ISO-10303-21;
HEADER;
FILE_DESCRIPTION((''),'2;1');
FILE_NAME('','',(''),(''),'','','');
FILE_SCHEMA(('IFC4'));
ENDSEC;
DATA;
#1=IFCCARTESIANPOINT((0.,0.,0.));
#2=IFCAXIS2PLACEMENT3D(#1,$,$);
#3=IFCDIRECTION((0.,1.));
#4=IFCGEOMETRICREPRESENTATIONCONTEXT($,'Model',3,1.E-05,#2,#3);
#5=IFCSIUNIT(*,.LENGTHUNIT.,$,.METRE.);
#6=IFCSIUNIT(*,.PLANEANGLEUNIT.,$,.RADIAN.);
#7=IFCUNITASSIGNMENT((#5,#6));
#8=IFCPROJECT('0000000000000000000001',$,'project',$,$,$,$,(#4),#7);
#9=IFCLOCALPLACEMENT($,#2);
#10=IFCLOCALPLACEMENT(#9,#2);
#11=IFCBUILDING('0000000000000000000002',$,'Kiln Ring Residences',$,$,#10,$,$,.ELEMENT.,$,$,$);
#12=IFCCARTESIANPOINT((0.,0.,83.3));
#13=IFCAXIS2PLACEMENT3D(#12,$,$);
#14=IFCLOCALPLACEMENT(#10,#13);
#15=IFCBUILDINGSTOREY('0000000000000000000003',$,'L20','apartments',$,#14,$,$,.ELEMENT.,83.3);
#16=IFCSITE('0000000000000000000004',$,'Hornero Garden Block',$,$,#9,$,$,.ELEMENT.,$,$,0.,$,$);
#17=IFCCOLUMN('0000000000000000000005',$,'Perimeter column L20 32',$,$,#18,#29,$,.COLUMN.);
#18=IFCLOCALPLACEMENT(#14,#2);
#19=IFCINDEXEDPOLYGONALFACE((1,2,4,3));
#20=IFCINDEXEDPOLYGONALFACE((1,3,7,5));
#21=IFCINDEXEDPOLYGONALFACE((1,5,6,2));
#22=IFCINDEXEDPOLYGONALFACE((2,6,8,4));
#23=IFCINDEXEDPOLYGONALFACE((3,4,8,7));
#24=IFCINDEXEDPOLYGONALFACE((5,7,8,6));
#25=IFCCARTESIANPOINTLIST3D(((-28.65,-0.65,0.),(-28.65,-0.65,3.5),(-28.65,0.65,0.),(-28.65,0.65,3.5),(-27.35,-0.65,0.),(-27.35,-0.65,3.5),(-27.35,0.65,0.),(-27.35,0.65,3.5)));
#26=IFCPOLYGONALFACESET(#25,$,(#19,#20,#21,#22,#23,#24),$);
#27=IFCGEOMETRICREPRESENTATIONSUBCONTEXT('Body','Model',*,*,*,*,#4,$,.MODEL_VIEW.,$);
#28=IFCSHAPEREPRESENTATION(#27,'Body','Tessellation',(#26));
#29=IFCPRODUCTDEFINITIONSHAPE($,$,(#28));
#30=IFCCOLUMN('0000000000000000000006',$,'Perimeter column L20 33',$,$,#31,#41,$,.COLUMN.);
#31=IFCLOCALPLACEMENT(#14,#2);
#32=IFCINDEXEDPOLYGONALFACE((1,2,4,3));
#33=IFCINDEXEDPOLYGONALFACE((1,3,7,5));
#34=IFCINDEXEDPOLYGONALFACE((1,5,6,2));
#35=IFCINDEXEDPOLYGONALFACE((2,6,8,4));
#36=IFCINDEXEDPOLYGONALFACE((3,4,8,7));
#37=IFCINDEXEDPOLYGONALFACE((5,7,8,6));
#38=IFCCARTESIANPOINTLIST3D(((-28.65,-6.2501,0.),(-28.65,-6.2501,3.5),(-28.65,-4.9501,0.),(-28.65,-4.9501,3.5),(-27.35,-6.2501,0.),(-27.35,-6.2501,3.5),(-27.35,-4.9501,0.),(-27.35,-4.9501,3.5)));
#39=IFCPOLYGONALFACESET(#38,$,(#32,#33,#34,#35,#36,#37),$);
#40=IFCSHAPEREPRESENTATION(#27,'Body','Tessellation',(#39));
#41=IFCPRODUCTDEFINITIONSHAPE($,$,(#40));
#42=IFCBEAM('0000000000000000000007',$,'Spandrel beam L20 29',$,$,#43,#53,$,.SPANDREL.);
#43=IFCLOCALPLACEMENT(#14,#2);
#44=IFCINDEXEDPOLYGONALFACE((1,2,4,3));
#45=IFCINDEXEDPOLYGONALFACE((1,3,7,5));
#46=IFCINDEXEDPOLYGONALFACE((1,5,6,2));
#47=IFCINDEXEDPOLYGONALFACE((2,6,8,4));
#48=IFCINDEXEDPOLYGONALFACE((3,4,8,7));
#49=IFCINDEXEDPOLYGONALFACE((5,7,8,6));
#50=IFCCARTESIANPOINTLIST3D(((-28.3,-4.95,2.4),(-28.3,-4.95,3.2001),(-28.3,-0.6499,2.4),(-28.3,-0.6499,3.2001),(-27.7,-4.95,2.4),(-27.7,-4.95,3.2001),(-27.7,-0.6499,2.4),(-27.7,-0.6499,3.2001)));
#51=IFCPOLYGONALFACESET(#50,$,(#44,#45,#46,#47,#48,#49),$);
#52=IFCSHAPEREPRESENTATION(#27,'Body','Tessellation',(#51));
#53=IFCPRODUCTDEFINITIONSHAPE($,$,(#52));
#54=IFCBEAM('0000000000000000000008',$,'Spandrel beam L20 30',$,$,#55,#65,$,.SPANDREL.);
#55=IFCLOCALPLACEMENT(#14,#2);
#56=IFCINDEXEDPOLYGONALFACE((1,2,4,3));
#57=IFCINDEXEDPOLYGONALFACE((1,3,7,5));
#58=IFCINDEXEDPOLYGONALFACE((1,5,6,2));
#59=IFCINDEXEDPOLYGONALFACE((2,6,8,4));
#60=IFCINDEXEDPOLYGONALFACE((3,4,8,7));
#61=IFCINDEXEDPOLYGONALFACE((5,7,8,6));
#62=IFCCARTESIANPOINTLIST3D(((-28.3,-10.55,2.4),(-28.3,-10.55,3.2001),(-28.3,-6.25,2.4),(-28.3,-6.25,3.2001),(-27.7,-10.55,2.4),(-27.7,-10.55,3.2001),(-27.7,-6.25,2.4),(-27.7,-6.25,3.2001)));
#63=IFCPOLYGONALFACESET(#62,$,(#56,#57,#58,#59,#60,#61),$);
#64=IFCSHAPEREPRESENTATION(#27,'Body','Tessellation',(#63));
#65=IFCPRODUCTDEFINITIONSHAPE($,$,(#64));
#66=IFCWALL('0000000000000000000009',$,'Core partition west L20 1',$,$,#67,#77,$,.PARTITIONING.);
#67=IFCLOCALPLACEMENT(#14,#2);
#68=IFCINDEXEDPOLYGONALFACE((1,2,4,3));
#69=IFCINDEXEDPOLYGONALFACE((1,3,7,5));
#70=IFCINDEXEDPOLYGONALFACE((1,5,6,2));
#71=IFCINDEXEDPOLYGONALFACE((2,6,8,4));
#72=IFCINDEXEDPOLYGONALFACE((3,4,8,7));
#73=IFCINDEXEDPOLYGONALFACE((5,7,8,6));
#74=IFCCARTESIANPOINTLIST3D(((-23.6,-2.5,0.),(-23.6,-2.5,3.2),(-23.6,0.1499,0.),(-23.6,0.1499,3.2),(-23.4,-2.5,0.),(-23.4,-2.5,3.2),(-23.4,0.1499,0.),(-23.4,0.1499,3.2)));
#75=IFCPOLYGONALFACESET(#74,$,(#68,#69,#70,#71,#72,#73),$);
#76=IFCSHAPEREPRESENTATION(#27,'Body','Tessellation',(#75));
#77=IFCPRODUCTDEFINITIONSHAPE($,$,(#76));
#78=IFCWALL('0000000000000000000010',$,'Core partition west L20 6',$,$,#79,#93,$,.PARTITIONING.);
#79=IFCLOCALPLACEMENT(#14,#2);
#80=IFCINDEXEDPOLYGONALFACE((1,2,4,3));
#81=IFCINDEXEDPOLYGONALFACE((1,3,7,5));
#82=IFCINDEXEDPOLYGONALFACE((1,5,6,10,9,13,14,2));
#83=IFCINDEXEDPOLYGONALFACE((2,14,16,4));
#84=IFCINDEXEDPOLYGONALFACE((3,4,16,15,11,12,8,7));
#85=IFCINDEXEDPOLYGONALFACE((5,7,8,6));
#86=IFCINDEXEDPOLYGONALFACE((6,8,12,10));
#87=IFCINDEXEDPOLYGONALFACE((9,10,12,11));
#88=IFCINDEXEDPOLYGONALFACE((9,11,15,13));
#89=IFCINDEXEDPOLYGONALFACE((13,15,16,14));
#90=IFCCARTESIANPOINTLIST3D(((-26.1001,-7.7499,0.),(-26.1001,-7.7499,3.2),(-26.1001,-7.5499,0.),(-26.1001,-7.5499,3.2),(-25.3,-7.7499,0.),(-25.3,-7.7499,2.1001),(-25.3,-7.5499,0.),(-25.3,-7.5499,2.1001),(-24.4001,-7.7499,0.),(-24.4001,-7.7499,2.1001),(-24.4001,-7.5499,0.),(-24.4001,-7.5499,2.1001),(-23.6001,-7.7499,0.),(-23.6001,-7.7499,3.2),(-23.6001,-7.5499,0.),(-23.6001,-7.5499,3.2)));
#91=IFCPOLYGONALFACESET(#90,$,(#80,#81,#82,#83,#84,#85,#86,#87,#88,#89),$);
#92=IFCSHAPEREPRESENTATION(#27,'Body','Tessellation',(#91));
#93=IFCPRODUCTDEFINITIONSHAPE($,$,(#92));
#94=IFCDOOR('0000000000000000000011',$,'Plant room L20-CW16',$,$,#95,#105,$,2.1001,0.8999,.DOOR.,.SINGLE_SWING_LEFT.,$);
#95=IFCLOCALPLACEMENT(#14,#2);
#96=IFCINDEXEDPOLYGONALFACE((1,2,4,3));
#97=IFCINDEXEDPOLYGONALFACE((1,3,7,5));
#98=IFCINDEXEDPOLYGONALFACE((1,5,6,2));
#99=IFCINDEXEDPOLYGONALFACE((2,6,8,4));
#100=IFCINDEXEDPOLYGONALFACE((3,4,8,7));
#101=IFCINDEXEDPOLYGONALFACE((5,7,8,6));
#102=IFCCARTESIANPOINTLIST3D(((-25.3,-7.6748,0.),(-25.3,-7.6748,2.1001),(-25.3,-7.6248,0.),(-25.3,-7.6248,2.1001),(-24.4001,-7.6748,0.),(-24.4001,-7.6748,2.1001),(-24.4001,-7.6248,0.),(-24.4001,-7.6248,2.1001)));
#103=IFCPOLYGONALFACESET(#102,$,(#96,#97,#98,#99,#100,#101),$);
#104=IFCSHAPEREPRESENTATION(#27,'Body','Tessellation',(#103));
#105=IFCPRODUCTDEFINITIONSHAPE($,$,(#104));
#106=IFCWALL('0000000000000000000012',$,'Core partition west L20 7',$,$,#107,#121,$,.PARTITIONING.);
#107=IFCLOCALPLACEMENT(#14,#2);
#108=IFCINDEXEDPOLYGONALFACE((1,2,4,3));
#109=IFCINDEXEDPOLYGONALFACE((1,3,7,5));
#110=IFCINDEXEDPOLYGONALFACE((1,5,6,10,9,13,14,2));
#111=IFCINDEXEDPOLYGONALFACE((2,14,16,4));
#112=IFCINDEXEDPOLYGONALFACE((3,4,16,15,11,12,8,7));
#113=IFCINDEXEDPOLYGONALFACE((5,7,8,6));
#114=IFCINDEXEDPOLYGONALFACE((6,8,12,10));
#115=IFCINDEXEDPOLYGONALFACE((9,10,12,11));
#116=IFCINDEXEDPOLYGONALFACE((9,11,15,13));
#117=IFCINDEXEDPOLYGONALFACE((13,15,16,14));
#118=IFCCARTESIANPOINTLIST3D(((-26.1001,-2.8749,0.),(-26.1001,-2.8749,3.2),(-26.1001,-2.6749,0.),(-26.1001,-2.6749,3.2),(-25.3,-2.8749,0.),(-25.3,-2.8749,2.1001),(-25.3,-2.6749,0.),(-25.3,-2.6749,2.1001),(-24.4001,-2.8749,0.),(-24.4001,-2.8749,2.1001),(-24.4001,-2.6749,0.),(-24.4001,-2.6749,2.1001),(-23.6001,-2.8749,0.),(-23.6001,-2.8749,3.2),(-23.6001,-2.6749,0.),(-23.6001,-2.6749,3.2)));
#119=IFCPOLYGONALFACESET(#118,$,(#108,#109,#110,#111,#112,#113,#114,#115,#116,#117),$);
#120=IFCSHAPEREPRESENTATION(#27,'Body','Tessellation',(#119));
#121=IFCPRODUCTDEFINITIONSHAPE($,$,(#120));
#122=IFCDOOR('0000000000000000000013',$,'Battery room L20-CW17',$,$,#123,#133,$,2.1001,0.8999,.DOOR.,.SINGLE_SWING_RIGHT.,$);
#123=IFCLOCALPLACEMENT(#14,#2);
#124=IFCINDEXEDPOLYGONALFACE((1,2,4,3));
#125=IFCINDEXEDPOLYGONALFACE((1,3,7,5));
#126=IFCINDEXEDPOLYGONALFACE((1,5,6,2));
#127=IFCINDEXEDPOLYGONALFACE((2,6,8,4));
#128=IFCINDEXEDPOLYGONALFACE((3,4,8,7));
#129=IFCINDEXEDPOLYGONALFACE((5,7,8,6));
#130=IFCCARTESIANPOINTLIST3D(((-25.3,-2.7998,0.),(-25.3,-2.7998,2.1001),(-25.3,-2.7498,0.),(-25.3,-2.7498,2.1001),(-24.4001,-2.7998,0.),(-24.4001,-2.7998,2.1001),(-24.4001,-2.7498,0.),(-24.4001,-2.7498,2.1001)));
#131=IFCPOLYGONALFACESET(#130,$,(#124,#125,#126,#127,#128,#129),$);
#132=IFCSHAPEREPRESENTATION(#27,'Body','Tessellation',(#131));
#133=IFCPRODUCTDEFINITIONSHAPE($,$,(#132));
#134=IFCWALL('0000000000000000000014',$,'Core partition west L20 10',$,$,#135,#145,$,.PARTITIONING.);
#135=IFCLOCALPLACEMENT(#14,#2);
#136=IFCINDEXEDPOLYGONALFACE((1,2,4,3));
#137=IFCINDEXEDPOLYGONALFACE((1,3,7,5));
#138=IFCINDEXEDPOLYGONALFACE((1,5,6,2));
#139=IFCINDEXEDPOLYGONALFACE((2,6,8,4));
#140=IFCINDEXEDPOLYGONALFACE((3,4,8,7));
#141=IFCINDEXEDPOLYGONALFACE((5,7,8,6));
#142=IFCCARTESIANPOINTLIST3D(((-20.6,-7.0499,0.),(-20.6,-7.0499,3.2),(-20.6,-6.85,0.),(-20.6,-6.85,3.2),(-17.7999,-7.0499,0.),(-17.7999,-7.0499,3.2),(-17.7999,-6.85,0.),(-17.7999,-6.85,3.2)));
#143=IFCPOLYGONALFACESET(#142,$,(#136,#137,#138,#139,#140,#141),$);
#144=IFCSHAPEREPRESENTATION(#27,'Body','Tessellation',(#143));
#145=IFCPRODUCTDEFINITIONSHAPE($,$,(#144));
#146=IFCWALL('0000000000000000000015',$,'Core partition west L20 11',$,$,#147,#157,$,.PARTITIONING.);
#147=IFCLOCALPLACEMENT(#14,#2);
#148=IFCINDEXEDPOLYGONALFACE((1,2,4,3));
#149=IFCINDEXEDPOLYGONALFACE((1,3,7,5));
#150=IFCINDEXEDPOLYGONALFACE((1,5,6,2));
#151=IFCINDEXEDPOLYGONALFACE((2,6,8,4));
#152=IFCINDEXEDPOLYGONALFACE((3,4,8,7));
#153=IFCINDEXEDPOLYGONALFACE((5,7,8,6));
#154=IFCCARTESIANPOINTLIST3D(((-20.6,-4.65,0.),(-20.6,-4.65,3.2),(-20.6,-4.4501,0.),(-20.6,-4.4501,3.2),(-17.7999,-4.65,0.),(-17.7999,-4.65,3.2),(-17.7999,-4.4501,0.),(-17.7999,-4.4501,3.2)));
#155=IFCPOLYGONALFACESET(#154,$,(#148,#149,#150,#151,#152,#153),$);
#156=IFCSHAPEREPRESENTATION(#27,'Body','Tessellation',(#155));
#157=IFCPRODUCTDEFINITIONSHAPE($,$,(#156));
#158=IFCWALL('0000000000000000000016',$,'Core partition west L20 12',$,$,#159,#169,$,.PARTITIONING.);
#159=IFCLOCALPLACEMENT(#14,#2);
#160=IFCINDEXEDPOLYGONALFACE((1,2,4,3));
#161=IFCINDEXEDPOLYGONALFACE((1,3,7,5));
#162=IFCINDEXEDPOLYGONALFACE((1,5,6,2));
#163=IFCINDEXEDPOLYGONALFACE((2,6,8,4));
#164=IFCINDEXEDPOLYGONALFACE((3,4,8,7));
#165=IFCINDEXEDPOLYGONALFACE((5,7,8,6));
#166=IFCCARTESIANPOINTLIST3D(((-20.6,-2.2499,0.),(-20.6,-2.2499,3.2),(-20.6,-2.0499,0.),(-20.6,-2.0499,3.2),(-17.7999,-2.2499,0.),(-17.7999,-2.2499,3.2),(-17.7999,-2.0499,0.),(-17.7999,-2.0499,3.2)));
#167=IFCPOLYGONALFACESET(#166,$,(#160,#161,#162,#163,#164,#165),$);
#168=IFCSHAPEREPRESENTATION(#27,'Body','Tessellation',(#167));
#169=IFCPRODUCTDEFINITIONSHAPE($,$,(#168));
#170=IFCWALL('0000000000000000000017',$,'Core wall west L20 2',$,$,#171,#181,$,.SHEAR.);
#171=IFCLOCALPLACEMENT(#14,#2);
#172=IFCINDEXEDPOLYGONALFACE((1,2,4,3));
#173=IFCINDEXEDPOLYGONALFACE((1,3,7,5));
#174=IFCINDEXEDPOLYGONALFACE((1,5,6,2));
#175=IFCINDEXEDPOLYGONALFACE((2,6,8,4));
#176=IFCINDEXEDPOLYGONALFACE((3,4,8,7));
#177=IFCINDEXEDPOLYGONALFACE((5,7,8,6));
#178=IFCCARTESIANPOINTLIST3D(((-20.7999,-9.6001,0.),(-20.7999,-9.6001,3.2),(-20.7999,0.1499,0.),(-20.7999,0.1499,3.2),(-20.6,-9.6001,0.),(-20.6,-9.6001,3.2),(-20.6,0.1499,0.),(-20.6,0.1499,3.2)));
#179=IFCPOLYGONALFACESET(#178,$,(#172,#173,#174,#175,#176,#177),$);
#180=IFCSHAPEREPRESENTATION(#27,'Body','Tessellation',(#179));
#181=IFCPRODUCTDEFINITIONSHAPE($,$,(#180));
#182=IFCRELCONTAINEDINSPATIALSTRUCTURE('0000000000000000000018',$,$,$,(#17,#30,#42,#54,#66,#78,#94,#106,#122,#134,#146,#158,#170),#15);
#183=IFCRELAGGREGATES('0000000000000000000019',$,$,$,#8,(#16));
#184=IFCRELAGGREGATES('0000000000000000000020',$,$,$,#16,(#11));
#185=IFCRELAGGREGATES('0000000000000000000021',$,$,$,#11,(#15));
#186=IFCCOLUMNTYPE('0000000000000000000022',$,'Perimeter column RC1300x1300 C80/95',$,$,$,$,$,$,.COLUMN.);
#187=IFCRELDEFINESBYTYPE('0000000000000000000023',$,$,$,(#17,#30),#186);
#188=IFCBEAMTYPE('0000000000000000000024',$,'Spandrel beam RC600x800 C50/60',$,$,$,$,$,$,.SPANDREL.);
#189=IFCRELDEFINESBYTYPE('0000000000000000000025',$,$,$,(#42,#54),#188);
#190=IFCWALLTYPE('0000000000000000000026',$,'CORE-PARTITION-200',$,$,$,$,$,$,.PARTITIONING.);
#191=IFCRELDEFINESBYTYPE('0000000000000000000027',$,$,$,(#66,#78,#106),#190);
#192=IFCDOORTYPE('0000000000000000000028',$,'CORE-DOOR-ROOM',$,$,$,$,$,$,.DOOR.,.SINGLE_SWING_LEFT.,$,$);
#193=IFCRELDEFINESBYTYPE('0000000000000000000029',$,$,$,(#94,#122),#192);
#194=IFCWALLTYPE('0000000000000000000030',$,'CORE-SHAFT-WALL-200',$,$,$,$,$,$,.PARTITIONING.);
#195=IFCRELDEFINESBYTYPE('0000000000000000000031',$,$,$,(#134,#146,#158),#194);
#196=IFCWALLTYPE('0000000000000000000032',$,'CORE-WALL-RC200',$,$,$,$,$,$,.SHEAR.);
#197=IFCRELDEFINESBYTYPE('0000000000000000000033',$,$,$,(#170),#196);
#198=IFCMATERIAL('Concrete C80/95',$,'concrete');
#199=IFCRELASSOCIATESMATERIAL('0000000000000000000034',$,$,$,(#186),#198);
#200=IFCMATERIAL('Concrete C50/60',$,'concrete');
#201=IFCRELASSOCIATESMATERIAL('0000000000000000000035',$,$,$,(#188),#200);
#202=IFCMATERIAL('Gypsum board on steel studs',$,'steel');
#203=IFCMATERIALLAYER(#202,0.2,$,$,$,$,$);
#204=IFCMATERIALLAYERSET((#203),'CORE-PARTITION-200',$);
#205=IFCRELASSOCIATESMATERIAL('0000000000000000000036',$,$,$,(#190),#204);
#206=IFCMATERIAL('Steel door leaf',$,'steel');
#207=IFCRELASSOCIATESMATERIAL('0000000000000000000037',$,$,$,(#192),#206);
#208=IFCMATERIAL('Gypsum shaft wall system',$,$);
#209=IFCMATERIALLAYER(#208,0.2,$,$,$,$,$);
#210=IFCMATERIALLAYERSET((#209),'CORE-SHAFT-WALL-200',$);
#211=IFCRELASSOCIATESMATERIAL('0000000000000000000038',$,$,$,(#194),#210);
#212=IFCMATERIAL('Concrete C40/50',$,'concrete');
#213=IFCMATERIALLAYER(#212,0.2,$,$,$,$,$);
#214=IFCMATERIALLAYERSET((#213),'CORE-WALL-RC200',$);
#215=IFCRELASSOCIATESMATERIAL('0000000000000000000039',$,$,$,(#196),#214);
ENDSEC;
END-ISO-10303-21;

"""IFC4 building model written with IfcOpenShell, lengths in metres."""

from ifc_helpers import new_model, si_unit, direction, frame, frame_2d, origin, origin_2d, place, context, subcontext, project, spatial, rectangle, extrude, material, layer, layer_set, material_profile, profile_set, type_object, element, fill, save


model = new_model("IFC4")

# Units and contexts
model_context = context("Model", 3, precision=1e-05, world=origin(), true_north=direction((0.0, 1.0)))
body_context = subcontext(model_context, "Body", "Model", "MODEL_VIEW")
ifc_project = project(units=[si_unit("LENGTHUNIT", "METRE"), si_unit("PLANEANGLEUNIT", "RADIAN")], contexts=[model_context])

# Site, building, storey
site_placement = place(None, origin())
site = spatial("IfcSite", under=ifc_project, at=site_placement, Name="Hornero Garden Block", CompositionType="ELEMENT", RefElevation=0.0)
building_placement = place(site_placement, origin())
building = spatial("IfcBuilding", under=site, at=building_placement, Name="Kiln Ring Residences", CompositionType="ELEMENT")
storey_placement = place(building_placement, frame((0.0, 0.0, 83.3)))
storey = spatial("IfcBuildingStorey", under=building, at=storey_placement, Name="L20", Description="apartments", CompositionType="ELEMENT", Elevation=83.3)

# Columns
ifc_material_1 = material(Name="Concrete C80/95", Category="concrete")
ifc_material_profile_1 = material_profile(ifc_material_1, rectangle(XDim=1.3, YDim=1.3, at=origin_2d()), Name="RC1300x1300")
ifc_profile_set_1 = profile_set([ifc_material_profile_1], Name="Concrete C80/95")
column_type = type_object("IfcColumnType", Name="Perimeter column RC1300x1300 C80/95", PredefinedType="COLUMN", material=ifc_profile_set_1)
for number, where, z_axis, x_axis, name in (
    (1, (-28.0, 0.0, 0.0), (0.0, 0.0, 1.0), (1.0, 0.0, 0.0), "Perimeter column L20 32"),
    (2, (-28.0, -5.6001, 0.0), (0.0, 0.0, 1.0), (1.0, 0.0, 0.0), "Perimeter column L20 33"),
):
    element("IfcColumn", number, at=place(storey_placement, frame(where, z_axis=z_axis, x_axis=x_axis)), inside=storey, type_object=column_type, Name=name, PredefinedType="COLUMN", context=body_context, shape_type="SweptSolid", body=[
        extrude(rectangle(XDim=1.3, YDim=1.3, at=origin_2d()), origin(), (0.0, 0.0, 1.0), 3.5),
    ])

# Beams
ifc_material_2 = material(Name="Concrete C50/60", Category="concrete")
ifc_material_profile_2 = material_profile(ifc_material_2, rectangle(XDim=0.6001, YDim=0.8, at=origin_2d()), Name="RC600x800")
ifc_profile_set_2 = profile_set([ifc_material_profile_2], Name="Concrete C50/60")
beam_type = type_object("IfcBeamType", Name="Spandrel beam RC600x800 C50/60", PredefinedType="SPANDREL", material=ifc_profile_set_2)
for number, where, z_axis, x_axis, name in (
    (3, (-28.0, -0.6499, 2.8), (0.0, -1.0, 0.0), (1.0, 0.0, 0.0), "Spandrel beam L20 29"),
    (4, (-28.0, -6.25, 2.8), (0.0, -1.0, 0.0), (1.0, 0.0, 0.0), "Spandrel beam L20 30"),
):
    element("IfcBeam", number, at=place(storey_placement, frame(where, z_axis=z_axis, x_axis=x_axis)), inside=storey, type_object=beam_type, Name=name, PredefinedType="SPANDREL", context=body_context, shape_type="SweptSolid", body=[
        extrude(rectangle(XDim=0.6001, YDim=0.8, at=origin_2d()), origin(), (0.0, 0.0, 1.0), 4.3),
    ])

# Wall
ifc_material_3 = material(Name="Gypsum board on steel studs", Category="steel")
ifc_layer_1 = layer(ifc_material_3, 0.2)
ifc_layer_set_1 = layer_set([ifc_layer_1], Name="CORE-PARTITION-200")
wall_type_1 = type_object("IfcWallType", Name="CORE-PARTITION-200", PredefinedType="PARTITIONING", material=ifc_layer_set_1)
wall_1_placement = place(storey_placement, frame((-23.5, -2.5, 0.0), z_axis=(0.0, 0.0, 1.0), x_axis=(0.0, 1.0, 0.0)))
element("IfcWall", 5, at=wall_1_placement, inside=storey, type_object=wall_type_1, Name="Core partition west L20 1", PredefinedType="PARTITIONING", context=body_context, shape_type="SweptSolid", body=[
    extrude(rectangle(XDim=2.6499, YDim=0.2, at=frame_2d((1.325, 0.0))), origin(), (0.0, 0.0, 1.0), 3.2),
])

# Walls, openings, doors
wall_2_placement = place(storey_placement, frame((-23.6001, -7.6499, 0.0), z_axis=(0.0, 0.0, 1.0), x_axis=(-1.0, 0.0, 0.0)))
wall_2 = element("IfcWall", 6, at=wall_2_placement, inside=storey, type_object=wall_type_1, Name="Core partition west L20 6", PredefinedType="PARTITIONING", context=body_context, shape_type="SweptSolid", body=[
    extrude(rectangle(XDim=2.5, YDim=0.2, at=frame_2d((1.25, 0.0))), origin(), (0.0, 0.0, 1.0), 3.2),
])
opening_1_placement = place(wall_2_placement, frame((0.8, 0.0, 0.0)))
opening_1 = element("IfcOpeningElement", 7, at=opening_1_placement, cuts=wall_2, PredefinedType="OPENING", context=body_context, shape_type="SweptSolid", body=[
    extrude(rectangle(XDim=0.8999, YDim=2.1001, at=frame_2d((0.45, 1.05))), frame((0.0, 0.1099, 0.0), z_axis=(0.0, -1.0, 0.0), x_axis=(1.0, 0.0, 0.0)), (0.0, 0.0, 1.0), 0.22),
])
ifc_material_4 = material(Name="Steel door leaf", Category="steel")
door_type = type_object("IfcDoorType", Name="CORE-DOOR-ROOM", OperationType="SINGLE_SWING_LEFT", PredefinedType="DOOR", material=ifc_material_4)
door_1_placement = place(opening_1_placement, origin())
door_1 = element("IfcDoor", 8, at=door_1_placement, inside=storey, type_object=door_type, Name="Plant room L20-CW16", OperationType="SINGLE_SWING_LEFT", OverallHeight=2.1001, OverallWidth=0.8999, PredefinedType="DOOR", context=body_context, shape_type="SweptSolid", body=[
    extrude(rectangle(XDim=0.8999, YDim=2.1001, at=frame_2d((0.45, 1.05))), frame((0.0, 0.0249, 0.0), z_axis=(0.0, -1.0, 0.0), x_axis=(1.0, 0.0, 0.0)), (0.0, 0.0, 1.0), 0.05),
])
fill(opening_1, door_1)
wall_3_placement = place(storey_placement, frame((-23.6001, -2.7749, 0.0), z_axis=(0.0, 0.0, 1.0), x_axis=(-1.0, 0.0, 0.0)))
wall_3 = element("IfcWall", 9, at=wall_3_placement, inside=storey, type_object=wall_type_1, Name="Core partition west L20 7", PredefinedType="PARTITIONING", context=body_context, shape_type="SweptSolid", body=[
    extrude(rectangle(XDim=2.5, YDim=0.2, at=frame_2d((1.25, 0.0))), origin(), (0.0, 0.0, 1.0), 3.2),
])
opening_2_placement = place(wall_3_placement, frame((0.8, 0.0, 0.0)))
opening_2 = element("IfcOpeningElement", 10, at=opening_2_placement, cuts=wall_3, PredefinedType="OPENING", context=body_context, shape_type="SweptSolid", body=[
    extrude(rectangle(XDim=0.8999, YDim=2.1001, at=frame_2d((0.45, 1.05))), frame((0.0, 0.1099, 0.0), z_axis=(0.0, -1.0, 0.0), x_axis=(1.0, 0.0, 0.0)), (0.0, 0.0, 1.0), 0.22),
])
door_2_placement = place(opening_2_placement, origin())
door_2 = element("IfcDoor", 11, at=door_2_placement, inside=storey, type_object=door_type, Name="Battery room L20-CW17", OperationType="SINGLE_SWING_RIGHT", OverallHeight=2.1001, OverallWidth=0.8999, PredefinedType="DOOR", context=body_context, shape_type="SweptSolid", body=[
    extrude(rectangle(XDim=0.8999, YDim=2.1001, at=frame_2d((0.45, 1.05))), frame((0.0, 0.0249, 0.0), z_axis=(0.0, -1.0, 0.0), x_axis=(1.0, 0.0, 0.0)), (0.0, 0.0, 1.0), 0.05),
])
fill(opening_2, door_2)

# Walls
ifc_material_5 = material(Name="Gypsum shaft wall system")
ifc_layer_2 = layer(ifc_material_5, 0.2)
ifc_layer_set_2 = layer_set([ifc_layer_2], Name="CORE-SHAFT-WALL-200")
wall_type_2 = type_object("IfcWallType", Name="CORE-SHAFT-WALL-200", PredefinedType="PARTITIONING", material=ifc_layer_set_2)
for number, where, z_axis, x_axis, name in (
    (12, (-17.8, -6.95, 0.0), (0.0, 0.0, 1.0), (-1.0, 0.0, 0.0), "Core partition west L20 10"),
    (13, (-17.8, -4.55, 0.0), (0.0, 0.0, 1.0), (-1.0, 0.0, 0.0), "Core partition west L20 11"),
    (14, (-17.8, -2.1499, 0.0), (0.0, 0.0, 1.0), (-1.0, 0.0, 0.0), "Core partition west L20 12"),
):
    element("IfcWall", number, at=place(storey_placement, frame(where, z_axis=z_axis, x_axis=x_axis)), inside=storey, type_object=wall_type_2, Name=name, PredefinedType="PARTITIONING", context=body_context, shape_type="SweptSolid", body=[
        extrude(rectangle(XDim=2.8, YDim=0.2, at=frame_2d((1.3999, 0.0))), origin(), (0.0, 0.0, 1.0), 3.2),
    ])
ifc_material_6 = material(Name="Concrete C40/50", Category="concrete")
ifc_layer_3 = layer(ifc_material_6, 0.2)
ifc_layer_set_3 = layer_set([ifc_layer_3], Name="CORE-WALL-RC200")
wall_type_3 = type_object("IfcWallType", Name="CORE-WALL-RC200", PredefinedType="SHEAR", material=ifc_layer_set_3)
wall_4_placement = place(storey_placement, frame((-20.7, -9.6001, 0.0), z_axis=(0.0, 0.0, 1.0), x_axis=(0.0, 1.0, 0.0)))
element("IfcWall", 15, at=wall_4_placement, inside=storey, type_object=wall_type_3, Name="Core wall west L20 2", PredefinedType="SHEAR", context=body_context, shape_type="SweptSolid", body=[
    extrude(rectangle(XDim=9.75, YDim=0.2, at=frame_2d((4.875, 0.0))), origin(), (0.0, 0.0, 1.0), 3.2),
])

save(model, "model.ifc")
